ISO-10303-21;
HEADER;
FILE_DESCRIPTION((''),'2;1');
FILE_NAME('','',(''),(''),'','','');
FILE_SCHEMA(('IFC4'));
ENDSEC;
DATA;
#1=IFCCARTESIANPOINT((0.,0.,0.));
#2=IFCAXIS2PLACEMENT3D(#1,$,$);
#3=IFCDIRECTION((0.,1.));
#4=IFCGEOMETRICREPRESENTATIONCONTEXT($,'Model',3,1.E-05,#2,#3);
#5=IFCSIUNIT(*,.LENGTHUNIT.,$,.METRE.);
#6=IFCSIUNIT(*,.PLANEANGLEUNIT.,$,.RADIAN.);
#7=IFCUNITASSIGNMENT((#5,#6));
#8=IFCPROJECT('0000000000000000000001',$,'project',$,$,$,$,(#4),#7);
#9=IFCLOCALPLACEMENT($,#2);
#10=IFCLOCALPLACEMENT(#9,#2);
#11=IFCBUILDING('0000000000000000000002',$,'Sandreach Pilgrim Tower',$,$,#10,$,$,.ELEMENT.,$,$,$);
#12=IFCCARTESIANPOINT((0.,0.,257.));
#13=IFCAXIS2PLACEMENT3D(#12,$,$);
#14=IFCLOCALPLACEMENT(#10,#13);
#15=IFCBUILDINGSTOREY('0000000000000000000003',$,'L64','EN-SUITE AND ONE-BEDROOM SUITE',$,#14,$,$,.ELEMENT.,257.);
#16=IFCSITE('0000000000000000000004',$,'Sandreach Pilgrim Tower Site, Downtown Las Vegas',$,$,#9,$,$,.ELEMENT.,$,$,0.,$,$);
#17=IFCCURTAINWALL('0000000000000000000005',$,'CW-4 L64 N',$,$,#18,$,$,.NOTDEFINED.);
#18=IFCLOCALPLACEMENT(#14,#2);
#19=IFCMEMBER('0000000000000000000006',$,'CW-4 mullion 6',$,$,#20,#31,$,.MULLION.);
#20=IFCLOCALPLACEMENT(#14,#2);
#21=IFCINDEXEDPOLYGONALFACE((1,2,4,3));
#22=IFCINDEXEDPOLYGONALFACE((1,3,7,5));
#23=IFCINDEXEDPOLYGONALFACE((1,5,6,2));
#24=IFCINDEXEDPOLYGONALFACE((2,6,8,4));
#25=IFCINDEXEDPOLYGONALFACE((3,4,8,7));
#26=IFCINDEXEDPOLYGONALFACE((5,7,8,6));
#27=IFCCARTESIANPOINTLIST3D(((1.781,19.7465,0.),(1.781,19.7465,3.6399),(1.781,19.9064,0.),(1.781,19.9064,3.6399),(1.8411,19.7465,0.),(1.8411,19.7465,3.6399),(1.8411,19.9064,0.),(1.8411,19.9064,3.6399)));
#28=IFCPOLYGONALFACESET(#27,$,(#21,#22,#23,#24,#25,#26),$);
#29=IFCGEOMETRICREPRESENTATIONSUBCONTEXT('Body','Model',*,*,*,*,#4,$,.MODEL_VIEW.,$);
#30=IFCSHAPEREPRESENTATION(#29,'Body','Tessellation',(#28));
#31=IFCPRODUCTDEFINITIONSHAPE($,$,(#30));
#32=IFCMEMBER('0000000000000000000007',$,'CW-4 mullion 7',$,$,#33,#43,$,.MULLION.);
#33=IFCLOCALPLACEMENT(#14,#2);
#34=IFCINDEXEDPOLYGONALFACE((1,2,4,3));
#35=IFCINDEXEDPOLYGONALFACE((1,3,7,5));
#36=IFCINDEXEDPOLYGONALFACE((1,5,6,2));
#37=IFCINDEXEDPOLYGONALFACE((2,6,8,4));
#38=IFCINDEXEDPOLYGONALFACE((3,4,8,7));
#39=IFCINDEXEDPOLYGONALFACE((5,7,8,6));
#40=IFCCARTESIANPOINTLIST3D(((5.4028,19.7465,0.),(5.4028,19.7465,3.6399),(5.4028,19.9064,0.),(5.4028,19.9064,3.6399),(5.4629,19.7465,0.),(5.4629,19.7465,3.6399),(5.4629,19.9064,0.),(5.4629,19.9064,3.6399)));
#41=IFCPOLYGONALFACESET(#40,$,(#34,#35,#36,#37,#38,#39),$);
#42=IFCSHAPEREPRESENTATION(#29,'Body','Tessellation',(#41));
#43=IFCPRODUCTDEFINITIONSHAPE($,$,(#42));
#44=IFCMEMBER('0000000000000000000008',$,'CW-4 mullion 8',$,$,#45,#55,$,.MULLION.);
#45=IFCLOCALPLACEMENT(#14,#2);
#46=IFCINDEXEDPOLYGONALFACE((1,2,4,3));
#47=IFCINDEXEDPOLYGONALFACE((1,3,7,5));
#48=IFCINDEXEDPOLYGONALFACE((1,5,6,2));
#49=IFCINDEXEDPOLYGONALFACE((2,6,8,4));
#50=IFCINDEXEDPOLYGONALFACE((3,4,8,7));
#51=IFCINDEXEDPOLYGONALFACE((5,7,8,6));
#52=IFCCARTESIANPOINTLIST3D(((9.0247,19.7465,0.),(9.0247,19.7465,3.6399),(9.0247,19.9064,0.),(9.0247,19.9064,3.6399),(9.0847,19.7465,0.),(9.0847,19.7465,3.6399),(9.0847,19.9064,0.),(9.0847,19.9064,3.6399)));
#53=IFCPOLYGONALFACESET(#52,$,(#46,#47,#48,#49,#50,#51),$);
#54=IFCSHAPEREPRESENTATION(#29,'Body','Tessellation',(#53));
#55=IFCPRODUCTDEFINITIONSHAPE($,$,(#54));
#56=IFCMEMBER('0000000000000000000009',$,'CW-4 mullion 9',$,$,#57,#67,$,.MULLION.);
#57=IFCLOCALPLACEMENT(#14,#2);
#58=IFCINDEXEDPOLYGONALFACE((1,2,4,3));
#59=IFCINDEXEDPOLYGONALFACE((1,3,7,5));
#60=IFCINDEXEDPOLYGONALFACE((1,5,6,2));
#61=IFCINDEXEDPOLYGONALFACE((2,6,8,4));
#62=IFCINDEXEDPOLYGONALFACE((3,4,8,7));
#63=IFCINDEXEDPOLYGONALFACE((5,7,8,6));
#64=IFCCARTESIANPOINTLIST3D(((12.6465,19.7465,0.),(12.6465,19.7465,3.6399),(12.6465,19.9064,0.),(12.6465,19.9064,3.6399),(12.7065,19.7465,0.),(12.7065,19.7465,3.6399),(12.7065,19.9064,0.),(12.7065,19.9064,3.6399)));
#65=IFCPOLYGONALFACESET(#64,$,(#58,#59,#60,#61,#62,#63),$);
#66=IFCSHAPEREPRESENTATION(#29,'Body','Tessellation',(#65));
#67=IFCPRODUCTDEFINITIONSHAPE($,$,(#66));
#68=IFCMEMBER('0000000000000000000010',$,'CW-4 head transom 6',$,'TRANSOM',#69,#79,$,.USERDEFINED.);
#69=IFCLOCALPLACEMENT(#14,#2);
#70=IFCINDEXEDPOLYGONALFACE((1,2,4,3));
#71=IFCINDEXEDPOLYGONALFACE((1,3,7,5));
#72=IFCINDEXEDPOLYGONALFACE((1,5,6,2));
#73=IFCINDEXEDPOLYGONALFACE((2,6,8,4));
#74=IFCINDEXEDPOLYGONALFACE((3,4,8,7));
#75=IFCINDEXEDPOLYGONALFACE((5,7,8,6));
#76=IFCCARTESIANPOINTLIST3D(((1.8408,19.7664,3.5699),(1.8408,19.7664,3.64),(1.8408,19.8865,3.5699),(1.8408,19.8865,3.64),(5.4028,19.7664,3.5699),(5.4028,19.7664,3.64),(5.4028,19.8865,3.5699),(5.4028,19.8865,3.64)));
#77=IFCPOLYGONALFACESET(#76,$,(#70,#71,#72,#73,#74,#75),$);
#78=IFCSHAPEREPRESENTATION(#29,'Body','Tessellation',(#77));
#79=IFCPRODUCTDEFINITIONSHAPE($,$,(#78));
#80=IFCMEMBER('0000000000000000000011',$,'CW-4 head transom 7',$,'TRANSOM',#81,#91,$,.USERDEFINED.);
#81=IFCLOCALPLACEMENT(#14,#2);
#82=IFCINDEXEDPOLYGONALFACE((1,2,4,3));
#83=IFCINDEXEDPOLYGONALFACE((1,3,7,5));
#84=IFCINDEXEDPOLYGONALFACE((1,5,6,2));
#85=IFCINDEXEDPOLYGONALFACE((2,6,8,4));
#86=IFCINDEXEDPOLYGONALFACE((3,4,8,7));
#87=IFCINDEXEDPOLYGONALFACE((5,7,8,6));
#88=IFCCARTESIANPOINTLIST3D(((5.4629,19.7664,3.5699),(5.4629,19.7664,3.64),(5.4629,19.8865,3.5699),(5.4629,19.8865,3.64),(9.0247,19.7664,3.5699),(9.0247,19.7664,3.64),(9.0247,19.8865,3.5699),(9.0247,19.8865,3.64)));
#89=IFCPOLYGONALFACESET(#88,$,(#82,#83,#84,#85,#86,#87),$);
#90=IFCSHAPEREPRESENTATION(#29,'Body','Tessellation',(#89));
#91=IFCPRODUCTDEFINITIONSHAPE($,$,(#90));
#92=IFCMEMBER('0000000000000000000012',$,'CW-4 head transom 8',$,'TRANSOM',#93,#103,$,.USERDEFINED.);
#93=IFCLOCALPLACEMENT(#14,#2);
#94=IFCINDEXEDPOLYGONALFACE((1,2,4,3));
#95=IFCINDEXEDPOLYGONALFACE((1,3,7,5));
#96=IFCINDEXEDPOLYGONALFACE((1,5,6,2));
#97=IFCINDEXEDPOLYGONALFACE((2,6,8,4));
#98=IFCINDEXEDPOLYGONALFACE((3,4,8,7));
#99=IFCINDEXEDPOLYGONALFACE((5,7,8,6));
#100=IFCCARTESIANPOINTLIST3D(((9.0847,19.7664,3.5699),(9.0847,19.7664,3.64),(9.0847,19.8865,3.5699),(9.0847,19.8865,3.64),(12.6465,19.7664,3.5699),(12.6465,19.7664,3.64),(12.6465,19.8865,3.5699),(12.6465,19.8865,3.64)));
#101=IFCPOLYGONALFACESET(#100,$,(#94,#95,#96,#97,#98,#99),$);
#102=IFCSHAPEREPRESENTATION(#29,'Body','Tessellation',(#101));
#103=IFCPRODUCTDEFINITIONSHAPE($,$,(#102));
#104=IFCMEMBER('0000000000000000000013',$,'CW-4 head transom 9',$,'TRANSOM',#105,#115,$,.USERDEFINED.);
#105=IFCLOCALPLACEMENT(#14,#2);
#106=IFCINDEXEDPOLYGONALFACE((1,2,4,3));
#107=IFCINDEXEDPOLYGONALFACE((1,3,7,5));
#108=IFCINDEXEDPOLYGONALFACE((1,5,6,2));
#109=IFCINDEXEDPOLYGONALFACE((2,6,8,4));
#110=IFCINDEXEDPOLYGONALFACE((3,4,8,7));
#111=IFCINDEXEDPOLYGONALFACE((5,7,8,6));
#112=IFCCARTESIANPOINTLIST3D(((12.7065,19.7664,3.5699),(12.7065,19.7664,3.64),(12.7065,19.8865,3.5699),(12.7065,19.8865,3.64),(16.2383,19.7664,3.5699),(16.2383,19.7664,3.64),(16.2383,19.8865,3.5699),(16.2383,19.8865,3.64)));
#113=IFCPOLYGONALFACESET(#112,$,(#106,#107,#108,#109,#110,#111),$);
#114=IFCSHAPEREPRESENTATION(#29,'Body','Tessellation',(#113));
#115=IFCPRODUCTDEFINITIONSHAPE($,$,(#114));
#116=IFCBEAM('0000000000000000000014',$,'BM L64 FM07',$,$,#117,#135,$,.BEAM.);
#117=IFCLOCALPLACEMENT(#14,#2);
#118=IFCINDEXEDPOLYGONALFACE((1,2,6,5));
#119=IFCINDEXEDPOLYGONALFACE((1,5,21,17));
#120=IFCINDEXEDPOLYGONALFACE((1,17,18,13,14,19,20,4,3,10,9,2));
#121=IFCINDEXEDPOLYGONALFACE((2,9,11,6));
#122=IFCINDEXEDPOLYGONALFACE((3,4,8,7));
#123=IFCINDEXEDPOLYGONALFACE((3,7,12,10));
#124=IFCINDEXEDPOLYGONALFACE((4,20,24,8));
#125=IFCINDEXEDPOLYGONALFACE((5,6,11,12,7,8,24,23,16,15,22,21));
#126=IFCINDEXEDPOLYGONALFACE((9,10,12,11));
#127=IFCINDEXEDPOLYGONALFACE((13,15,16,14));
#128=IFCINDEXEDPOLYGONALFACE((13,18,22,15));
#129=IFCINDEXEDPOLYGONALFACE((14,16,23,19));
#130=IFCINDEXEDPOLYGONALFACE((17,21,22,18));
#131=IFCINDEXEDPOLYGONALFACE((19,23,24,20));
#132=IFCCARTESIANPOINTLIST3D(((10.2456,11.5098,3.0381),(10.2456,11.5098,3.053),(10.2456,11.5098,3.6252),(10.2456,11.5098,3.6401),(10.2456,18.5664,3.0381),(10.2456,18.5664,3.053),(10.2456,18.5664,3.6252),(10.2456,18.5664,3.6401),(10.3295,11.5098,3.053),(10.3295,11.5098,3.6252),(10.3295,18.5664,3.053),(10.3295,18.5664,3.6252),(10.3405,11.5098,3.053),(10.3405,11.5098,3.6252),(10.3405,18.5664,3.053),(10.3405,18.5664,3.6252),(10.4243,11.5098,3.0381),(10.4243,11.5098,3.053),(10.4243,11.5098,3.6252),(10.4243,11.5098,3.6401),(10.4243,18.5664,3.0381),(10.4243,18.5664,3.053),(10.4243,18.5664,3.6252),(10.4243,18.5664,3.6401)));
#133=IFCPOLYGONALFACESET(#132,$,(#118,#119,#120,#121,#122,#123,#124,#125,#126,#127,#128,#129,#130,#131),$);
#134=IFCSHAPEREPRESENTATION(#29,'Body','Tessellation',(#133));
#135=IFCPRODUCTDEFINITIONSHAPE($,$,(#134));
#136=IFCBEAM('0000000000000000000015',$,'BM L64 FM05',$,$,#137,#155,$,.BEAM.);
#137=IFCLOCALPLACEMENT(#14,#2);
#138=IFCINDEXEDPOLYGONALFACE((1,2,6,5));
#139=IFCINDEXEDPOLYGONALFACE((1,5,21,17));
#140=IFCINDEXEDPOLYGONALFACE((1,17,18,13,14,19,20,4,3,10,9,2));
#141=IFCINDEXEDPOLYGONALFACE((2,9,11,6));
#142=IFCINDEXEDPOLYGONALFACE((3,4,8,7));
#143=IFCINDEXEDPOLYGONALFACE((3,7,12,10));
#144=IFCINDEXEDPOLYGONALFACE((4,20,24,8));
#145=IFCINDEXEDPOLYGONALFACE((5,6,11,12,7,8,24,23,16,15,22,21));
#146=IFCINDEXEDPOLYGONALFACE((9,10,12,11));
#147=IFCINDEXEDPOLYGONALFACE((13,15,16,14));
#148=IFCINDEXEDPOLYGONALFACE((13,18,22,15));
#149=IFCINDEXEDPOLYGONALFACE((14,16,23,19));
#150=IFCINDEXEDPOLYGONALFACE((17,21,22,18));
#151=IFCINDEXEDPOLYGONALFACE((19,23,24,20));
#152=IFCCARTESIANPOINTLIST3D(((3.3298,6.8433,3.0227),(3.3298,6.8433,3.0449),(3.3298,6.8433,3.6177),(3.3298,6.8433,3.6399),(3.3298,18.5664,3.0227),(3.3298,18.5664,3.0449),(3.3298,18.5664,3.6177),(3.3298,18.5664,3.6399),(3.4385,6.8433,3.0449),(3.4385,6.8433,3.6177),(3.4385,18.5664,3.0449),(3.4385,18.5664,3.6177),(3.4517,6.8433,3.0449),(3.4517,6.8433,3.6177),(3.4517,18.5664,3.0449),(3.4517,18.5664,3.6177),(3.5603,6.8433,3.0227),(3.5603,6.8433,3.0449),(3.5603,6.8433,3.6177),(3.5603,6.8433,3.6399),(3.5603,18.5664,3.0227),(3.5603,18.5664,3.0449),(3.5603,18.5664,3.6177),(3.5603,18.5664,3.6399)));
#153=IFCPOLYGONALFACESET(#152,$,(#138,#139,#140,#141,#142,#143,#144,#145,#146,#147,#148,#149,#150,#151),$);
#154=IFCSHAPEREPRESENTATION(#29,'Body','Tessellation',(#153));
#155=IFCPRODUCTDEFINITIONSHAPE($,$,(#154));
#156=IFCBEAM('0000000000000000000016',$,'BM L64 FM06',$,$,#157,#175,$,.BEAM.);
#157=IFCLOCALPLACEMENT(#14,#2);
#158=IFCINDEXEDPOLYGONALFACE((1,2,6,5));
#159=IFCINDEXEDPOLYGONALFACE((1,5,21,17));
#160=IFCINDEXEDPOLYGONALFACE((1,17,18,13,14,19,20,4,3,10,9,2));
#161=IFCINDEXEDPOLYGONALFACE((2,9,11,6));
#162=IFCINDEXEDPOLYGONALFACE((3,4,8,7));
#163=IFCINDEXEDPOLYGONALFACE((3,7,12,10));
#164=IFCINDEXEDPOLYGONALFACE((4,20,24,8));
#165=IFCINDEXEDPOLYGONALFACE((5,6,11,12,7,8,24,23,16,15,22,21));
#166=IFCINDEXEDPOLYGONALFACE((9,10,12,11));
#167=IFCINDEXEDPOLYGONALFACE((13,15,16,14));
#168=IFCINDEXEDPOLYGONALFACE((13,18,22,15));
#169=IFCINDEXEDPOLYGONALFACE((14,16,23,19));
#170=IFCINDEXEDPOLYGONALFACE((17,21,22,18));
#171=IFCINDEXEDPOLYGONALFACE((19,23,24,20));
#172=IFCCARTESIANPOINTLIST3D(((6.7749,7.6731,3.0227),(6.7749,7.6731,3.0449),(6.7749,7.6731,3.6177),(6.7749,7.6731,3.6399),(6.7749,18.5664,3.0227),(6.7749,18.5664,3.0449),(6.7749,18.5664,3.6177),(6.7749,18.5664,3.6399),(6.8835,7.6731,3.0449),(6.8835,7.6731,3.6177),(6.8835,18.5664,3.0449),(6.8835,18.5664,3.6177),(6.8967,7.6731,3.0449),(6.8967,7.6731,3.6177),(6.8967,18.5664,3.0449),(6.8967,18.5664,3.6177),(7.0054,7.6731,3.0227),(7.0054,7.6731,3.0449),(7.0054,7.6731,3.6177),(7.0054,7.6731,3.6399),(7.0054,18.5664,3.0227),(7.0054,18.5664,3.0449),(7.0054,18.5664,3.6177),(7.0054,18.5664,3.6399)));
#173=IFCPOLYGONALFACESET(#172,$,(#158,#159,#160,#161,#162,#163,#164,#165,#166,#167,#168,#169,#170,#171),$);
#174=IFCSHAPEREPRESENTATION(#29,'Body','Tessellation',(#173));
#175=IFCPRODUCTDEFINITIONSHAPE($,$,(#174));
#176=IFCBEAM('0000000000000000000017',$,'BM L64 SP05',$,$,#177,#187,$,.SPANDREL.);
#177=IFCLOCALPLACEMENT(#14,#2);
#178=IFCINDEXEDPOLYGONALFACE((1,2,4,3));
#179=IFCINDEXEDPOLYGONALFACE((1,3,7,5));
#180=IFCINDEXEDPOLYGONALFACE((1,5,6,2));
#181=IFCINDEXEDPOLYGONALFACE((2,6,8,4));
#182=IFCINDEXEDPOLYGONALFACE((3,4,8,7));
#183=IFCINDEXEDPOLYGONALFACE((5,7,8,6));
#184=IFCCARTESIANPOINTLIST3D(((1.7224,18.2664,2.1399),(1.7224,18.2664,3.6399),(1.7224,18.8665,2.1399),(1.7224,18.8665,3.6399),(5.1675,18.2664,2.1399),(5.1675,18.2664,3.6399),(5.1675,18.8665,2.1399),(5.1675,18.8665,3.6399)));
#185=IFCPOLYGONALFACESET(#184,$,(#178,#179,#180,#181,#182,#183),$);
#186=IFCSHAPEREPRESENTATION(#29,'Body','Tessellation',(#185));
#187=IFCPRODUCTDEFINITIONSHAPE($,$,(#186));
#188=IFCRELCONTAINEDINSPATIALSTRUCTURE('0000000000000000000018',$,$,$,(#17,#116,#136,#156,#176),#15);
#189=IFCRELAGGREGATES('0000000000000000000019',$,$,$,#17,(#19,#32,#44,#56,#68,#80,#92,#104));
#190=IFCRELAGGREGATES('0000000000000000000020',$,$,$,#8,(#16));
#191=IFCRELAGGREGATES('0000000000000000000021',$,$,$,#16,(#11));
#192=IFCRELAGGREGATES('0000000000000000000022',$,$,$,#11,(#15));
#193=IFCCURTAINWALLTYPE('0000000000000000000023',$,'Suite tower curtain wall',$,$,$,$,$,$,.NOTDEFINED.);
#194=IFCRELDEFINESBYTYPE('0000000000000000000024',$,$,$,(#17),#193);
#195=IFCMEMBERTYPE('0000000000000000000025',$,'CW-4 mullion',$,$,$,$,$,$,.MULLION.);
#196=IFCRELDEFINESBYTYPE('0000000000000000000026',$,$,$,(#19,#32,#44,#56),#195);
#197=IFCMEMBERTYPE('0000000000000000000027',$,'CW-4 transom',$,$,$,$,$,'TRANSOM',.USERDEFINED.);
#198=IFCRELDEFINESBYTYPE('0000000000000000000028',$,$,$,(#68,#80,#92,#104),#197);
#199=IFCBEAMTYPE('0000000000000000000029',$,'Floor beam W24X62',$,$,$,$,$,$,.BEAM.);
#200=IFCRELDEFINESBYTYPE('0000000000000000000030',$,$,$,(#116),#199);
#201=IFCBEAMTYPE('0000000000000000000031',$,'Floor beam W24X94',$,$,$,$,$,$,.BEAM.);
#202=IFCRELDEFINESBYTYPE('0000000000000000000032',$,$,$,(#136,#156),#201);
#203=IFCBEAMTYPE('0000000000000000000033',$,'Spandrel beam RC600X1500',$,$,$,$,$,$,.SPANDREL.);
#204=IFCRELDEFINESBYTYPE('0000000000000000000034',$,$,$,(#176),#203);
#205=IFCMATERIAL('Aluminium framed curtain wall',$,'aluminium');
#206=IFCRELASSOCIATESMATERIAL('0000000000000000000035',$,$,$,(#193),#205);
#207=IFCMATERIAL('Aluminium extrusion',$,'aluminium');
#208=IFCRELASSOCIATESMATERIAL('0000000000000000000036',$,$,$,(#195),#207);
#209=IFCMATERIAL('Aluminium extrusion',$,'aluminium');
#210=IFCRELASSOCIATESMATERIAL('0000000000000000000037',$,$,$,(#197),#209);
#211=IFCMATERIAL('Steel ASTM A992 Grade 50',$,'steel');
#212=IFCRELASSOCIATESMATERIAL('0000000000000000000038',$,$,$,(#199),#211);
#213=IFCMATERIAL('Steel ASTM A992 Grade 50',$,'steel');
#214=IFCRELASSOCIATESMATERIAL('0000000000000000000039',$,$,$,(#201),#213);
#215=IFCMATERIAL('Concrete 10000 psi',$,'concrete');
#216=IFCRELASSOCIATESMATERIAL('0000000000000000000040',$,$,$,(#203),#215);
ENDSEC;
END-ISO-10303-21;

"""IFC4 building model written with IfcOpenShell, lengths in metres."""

from ifc_helpers import new_model, si_unit, direction, frame, origin, origin_2d, place, context, subcontext, project, spatial, rectangle, i_section, extrude, material, material_profile, profile_set, type_object, element, aggregate, save


model = new_model("IFC4")

# Units and contexts
model_context = context("Model", 3, precision=1e-05, world=origin(), true_north=direction((0.0, 1.0)))
body_context = subcontext(model_context, "Body", "Model", "MODEL_VIEW")
ifc_project = project(units=[si_unit("LENGTHUNIT", "METRE"), si_unit("PLANEANGLEUNIT", "RADIAN")], contexts=[model_context])

# Site, building, storey
site_placement = place(None, origin())
site = spatial("IfcSite", under=ifc_project, at=site_placement, Name="Sandreach Pilgrim Tower Site, Downtown Las Vegas", CompositionType="ELEMENT", RefElevation=0.0)
building_placement = place(site_placement, origin())
building = spatial("IfcBuilding", under=site, at=building_placement, Name="Sandreach Pilgrim Tower", CompositionType="ELEMENT")
storey_placement = place(building_placement, frame((0.0, 0.0, 257.0)))
storey = spatial("IfcBuildingStorey", under=building, at=storey_placement, Name="L64", Description="EN-SUITE AND ONE-BEDROOM SUITE", CompositionType="ELEMENT", Elevation=257.0)

# Curtain wall, members
ifc_material_1 = material(Name="Aluminium framed curtain wall", Category="aluminium")
curtain_wall_type = type_object("IfcCurtainWallType", Name="Suite tower curtain wall", PredefinedType="NOTDEFINED", material=ifc_material_1)
curtain_wall_placement = place(storey_placement, origin())
curtain_wall = element("IfcCurtainWall", 1, at=curtain_wall_placement, inside=storey, type_object=curtain_wall_type, Name="CW-4 L64 N", PredefinedType="NOTDEFINED")
ifc_material_2 = material(Name="Aluminium extrusion", Category="aluminium")
ifc_material_profile_1 = material_profile(ifc_material_2, rectangle(XDim=0.0601, YDim=0.1599, at=origin_2d()), Name="CW-4M 60X160")
ifc_profile_set_1 = profile_set([ifc_material_profile_1], Name="Aluminium extrusion")
member_type_1 = type_object("IfcMemberType", Name="CW-4 mullion", PredefinedType="MULLION", material=ifc_profile_set_1)
member_1_placement = place(storey_placement, frame((1.811, 19.8264, 0.0), z_axis=(0.0, 0.0, 1.0), x_axis=(1.0, 0.0, 0.0)))
member_1 = element("IfcMember", 2, at=member_1_placement, type_object=member_type_1, Name="CW-4 mullion 6", PredefinedType="MULLION", context=body_context, shape_type="SweptSolid", body=[
    extrude(rectangle(XDim=0.0601, YDim=0.1599, at=origin_2d()), origin(), (0.0, 0.0, 1.0), 3.6399),
])
member_2_placement = place(storey_placement, frame((5.4329, 19.8264, 0.0), z_axis=(0.0, 0.0, 1.0), x_axis=(1.0, 0.0, 0.0)))
member_2 = element("IfcMember", 3, at=member_2_placement, type_object=member_type_1, Name="CW-4 mullion 7", PredefinedType="MULLION", context=body_context, shape_type="SweptSolid", body=[
    extrude(rectangle(XDim=0.0601, YDim=0.1599, at=origin_2d()), origin(), (0.0, 0.0, 1.0), 3.6399),
])
member_3_placement = place(storey_placement, frame((9.0547, 19.8264, 0.0), z_axis=(0.0, 0.0, 1.0), x_axis=(1.0, 0.0, 0.0)))
member_3 = element("IfcMember", 4, at=member_3_placement, type_object=member_type_1, Name="CW-4 mullion 8", PredefinedType="MULLION", context=body_context, shape_type="SweptSolid", body=[
    extrude(rectangle(XDim=0.0601, YDim=0.1599, at=origin_2d()), origin(), (0.0, 0.0, 1.0), 3.6399),
])
member_4_placement = place(storey_placement, frame((12.6765, 19.8264, 0.0), z_axis=(0.0, 0.0, 1.0), x_axis=(1.0, 0.0, 0.0)))
member_4 = element("IfcMember", 5, at=member_4_placement, type_object=member_type_1, Name="CW-4 mullion 9", PredefinedType="MULLION", context=body_context, shape_type="SweptSolid", body=[
    extrude(rectangle(XDim=0.0601, YDim=0.1599, at=origin_2d()), origin(), (0.0, 0.0, 1.0), 3.6399),
])
ifc_material_3 = material(Name="Aluminium extrusion", Category="aluminium")
ifc_material_profile_2 = material_profile(ifc_material_3, rectangle(XDim=0.1201, YDim=0.0701, at=origin_2d()), Name="CW-4T 120X70")
ifc_profile_set_2 = profile_set([ifc_material_profile_2], Name="Aluminium extrusion")
member_type_2 = type_object("IfcMemberType", Name="CW-4 transom", ElementType="TRANSOM", PredefinedType="USERDEFINED", material=ifc_profile_set_2)
member_5_placement = place(storey_placement, frame((1.8408, 19.8264, 3.605), z_axis=(1.0, 0.0, 0.0), x_axis=(0.0, 1.0, 0.0)))
member_5 = element("IfcMember", 6, at=member_5_placement, type_object=member_type_2, Name="CW-4 head transom 6", ObjectType="TRANSOM", PredefinedType="USERDEFINED", context=body_context, shape_type="SweptSolid", body=[
    extrude(rectangle(XDim=0.1201, YDim=0.0701, at=origin_2d()), origin(), (0.0, 0.0, 1.0), 3.562),
])
member_6_placement = place(storey_placement, frame((5.4629, 19.8264, 3.605), z_axis=(1.0, 0.0, 0.0), x_axis=(0.0, 1.0, 0.0)))
member_6 = element("IfcMember", 7, at=member_6_placement, type_object=member_type_2, Name="CW-4 head transom 7", ObjectType="TRANSOM", PredefinedType="USERDEFINED", context=body_context, shape_type="SweptSolid", body=[
    extrude(rectangle(XDim=0.1201, YDim=0.0701, at=origin_2d()), origin(), (0.0, 0.0, 1.0), 3.5618),
])
member_7_placement = place(storey_placement, frame((9.0847, 19.8264, 3.605), z_axis=(1.0, 0.0, 0.0), x_axis=(0.0, 1.0, 0.0)))
member_7 = element("IfcMember", 8, at=member_7_placement, type_object=member_type_2, Name="CW-4 head transom 8", ObjectType="TRANSOM", PredefinedType="USERDEFINED", context=body_context, shape_type="SweptSolid", body=[
    extrude(rectangle(XDim=0.1201, YDim=0.0701, at=origin_2d()), origin(), (0.0, 0.0, 1.0), 3.5618),
])
member_8_placement = place(storey_placement, frame((12.7065, 19.8264, 3.605), z_axis=(1.0, 0.0, 0.0), x_axis=(0.0, 1.0, 0.0)))
member_8 = element("IfcMember", 9, at=member_8_placement, type_object=member_type_2, Name="CW-4 head transom 9", ObjectType="TRANSOM", PredefinedType="USERDEFINED", context=body_context, shape_type="SweptSolid", body=[
    extrude(rectangle(XDim=0.1201, YDim=0.0701, at=origin_2d()), origin(), (0.0, 0.0, 1.0), 3.5317),
])

# Beams
ifc_material_4 = material(Name="Steel ASTM A992 Grade 50", Category="steel")
ifc_material_profile_3 = material_profile(ifc_material_4, i_section(OverallWidth=0.1787, OverallDepth=0.6021, WebThickness=0.011, FlangeThickness=0.0149, at=origin_2d()), Name="W24X62")
ifc_profile_set_3 = profile_set([ifc_material_profile_3], Name="Steel ASTM A992 Grade 50")
beam_type_1 = type_object("IfcBeamType", Name="Floor beam W24X62", PredefinedType="BEAM", material=ifc_profile_set_3)
beam_1_placement = place(storey_placement, frame((10.335, 18.5664, 3.3391), z_axis=(0.0, -1.0, 0.0), x_axis=(1.0, 0.0, 0.0)))
element("IfcBeam", 10, at=beam_1_placement, inside=storey, type_object=beam_type_1, Name="BM L64 FM07", PredefinedType="BEAM", context=body_context, shape_type="SweptSolid", body=[
    extrude(i_section(OverallWidth=0.1787, OverallDepth=0.6021, WebThickness=0.011, FlangeThickness=0.0149, at=origin_2d()), origin(), (0.0, 0.0, 1.0), 7.0566),
])
ifc_material_5 = material(Name="Steel ASTM A992 Grade 50", Category="steel")
ifc_material_profile_4 = material_profile(ifc_material_5, i_section(OverallWidth=0.2305, OverallDepth=0.6172, WebThickness=0.0132, FlangeThickness=0.0222, at=origin_2d()), Name="W24X94")
ifc_profile_set_4 = profile_set([ifc_material_profile_4], Name="Steel ASTM A992 Grade 50")
beam_type_2 = type_object("IfcBeamType", Name="Floor beam W24X94", PredefinedType="BEAM", material=ifc_profile_set_4)
beam_2_placement = place(storey_placement, frame((3.4451, 18.5664, 3.3313), z_axis=(0.0, -1.0, 0.0), x_axis=(1.0, 0.0, 0.0)))
element("IfcBeam", 11, at=beam_2_placement, inside=storey, type_object=beam_type_2, Name="BM L64 FM05", PredefinedType="BEAM", context=body_context, shape_type="SweptSolid", body=[
    extrude(i_section(OverallWidth=0.2305, OverallDepth=0.6172, WebThickness=0.0132, FlangeThickness=0.0222, at=origin_2d()), origin(), (0.0, 0.0, 1.0), 11.7231),
])
beam_3_placement = place(storey_placement, frame((6.8901, 18.5664, 3.3313), z_axis=(0.0, -1.0, 0.0), x_axis=(1.0, 0.0, 0.0)))
element("IfcBeam", 12, at=beam_3_placement, inside=storey, type_object=beam_type_2, Name="BM L64 FM06", PredefinedType="BEAM", context=body_context, shape_type="SweptSolid", body=[
    extrude(i_section(OverallWidth=0.2305, OverallDepth=0.6172, WebThickness=0.0132, FlangeThickness=0.0222, at=origin_2d()), origin(), (0.0, 0.0, 1.0), 10.8933),
])
ifc_material_6 = material(Name="Concrete 10000 psi", Category="concrete")
ifc_material_profile_5 = material_profile(ifc_material_6, rectangle(XDim=0.6001, YDim=1.5, at=origin_2d()), Name="RC600X1500")
ifc_profile_set_5 = profile_set([ifc_material_profile_5], Name="Concrete 10000 psi")
beam_type_3 = type_object("IfcBeamType", Name="Spandrel beam RC600X1500", PredefinedType="SPANDREL", material=ifc_profile_set_5)
for number, where, z_axis, x_axis, name in (
    (13, (1.7224, 18.5664, 2.8899), (1.0, 0.0, 0.0), (0.0, 1.0, 0.0), "BM L64 SP05"),
):
    element("IfcBeam", number, at=place(storey_placement, frame(where, z_axis=z_axis, x_axis=x_axis)), inside=storey, type_object=beam_type_3, Name=name, PredefinedType="SPANDREL", context=body_context, shape_type="SweptSolid", body=[
        extrude(rectangle(XDim=0.6001, YDim=1.5, at=origin_2d()), origin(), (0.0, 0.0, 1.0), 3.4451),
    ])

aggregate(curtain_wall, [member_1, member_2, member_3, member_4, member_5, member_6, member_7, member_8])

save(model, "model.ifc")
